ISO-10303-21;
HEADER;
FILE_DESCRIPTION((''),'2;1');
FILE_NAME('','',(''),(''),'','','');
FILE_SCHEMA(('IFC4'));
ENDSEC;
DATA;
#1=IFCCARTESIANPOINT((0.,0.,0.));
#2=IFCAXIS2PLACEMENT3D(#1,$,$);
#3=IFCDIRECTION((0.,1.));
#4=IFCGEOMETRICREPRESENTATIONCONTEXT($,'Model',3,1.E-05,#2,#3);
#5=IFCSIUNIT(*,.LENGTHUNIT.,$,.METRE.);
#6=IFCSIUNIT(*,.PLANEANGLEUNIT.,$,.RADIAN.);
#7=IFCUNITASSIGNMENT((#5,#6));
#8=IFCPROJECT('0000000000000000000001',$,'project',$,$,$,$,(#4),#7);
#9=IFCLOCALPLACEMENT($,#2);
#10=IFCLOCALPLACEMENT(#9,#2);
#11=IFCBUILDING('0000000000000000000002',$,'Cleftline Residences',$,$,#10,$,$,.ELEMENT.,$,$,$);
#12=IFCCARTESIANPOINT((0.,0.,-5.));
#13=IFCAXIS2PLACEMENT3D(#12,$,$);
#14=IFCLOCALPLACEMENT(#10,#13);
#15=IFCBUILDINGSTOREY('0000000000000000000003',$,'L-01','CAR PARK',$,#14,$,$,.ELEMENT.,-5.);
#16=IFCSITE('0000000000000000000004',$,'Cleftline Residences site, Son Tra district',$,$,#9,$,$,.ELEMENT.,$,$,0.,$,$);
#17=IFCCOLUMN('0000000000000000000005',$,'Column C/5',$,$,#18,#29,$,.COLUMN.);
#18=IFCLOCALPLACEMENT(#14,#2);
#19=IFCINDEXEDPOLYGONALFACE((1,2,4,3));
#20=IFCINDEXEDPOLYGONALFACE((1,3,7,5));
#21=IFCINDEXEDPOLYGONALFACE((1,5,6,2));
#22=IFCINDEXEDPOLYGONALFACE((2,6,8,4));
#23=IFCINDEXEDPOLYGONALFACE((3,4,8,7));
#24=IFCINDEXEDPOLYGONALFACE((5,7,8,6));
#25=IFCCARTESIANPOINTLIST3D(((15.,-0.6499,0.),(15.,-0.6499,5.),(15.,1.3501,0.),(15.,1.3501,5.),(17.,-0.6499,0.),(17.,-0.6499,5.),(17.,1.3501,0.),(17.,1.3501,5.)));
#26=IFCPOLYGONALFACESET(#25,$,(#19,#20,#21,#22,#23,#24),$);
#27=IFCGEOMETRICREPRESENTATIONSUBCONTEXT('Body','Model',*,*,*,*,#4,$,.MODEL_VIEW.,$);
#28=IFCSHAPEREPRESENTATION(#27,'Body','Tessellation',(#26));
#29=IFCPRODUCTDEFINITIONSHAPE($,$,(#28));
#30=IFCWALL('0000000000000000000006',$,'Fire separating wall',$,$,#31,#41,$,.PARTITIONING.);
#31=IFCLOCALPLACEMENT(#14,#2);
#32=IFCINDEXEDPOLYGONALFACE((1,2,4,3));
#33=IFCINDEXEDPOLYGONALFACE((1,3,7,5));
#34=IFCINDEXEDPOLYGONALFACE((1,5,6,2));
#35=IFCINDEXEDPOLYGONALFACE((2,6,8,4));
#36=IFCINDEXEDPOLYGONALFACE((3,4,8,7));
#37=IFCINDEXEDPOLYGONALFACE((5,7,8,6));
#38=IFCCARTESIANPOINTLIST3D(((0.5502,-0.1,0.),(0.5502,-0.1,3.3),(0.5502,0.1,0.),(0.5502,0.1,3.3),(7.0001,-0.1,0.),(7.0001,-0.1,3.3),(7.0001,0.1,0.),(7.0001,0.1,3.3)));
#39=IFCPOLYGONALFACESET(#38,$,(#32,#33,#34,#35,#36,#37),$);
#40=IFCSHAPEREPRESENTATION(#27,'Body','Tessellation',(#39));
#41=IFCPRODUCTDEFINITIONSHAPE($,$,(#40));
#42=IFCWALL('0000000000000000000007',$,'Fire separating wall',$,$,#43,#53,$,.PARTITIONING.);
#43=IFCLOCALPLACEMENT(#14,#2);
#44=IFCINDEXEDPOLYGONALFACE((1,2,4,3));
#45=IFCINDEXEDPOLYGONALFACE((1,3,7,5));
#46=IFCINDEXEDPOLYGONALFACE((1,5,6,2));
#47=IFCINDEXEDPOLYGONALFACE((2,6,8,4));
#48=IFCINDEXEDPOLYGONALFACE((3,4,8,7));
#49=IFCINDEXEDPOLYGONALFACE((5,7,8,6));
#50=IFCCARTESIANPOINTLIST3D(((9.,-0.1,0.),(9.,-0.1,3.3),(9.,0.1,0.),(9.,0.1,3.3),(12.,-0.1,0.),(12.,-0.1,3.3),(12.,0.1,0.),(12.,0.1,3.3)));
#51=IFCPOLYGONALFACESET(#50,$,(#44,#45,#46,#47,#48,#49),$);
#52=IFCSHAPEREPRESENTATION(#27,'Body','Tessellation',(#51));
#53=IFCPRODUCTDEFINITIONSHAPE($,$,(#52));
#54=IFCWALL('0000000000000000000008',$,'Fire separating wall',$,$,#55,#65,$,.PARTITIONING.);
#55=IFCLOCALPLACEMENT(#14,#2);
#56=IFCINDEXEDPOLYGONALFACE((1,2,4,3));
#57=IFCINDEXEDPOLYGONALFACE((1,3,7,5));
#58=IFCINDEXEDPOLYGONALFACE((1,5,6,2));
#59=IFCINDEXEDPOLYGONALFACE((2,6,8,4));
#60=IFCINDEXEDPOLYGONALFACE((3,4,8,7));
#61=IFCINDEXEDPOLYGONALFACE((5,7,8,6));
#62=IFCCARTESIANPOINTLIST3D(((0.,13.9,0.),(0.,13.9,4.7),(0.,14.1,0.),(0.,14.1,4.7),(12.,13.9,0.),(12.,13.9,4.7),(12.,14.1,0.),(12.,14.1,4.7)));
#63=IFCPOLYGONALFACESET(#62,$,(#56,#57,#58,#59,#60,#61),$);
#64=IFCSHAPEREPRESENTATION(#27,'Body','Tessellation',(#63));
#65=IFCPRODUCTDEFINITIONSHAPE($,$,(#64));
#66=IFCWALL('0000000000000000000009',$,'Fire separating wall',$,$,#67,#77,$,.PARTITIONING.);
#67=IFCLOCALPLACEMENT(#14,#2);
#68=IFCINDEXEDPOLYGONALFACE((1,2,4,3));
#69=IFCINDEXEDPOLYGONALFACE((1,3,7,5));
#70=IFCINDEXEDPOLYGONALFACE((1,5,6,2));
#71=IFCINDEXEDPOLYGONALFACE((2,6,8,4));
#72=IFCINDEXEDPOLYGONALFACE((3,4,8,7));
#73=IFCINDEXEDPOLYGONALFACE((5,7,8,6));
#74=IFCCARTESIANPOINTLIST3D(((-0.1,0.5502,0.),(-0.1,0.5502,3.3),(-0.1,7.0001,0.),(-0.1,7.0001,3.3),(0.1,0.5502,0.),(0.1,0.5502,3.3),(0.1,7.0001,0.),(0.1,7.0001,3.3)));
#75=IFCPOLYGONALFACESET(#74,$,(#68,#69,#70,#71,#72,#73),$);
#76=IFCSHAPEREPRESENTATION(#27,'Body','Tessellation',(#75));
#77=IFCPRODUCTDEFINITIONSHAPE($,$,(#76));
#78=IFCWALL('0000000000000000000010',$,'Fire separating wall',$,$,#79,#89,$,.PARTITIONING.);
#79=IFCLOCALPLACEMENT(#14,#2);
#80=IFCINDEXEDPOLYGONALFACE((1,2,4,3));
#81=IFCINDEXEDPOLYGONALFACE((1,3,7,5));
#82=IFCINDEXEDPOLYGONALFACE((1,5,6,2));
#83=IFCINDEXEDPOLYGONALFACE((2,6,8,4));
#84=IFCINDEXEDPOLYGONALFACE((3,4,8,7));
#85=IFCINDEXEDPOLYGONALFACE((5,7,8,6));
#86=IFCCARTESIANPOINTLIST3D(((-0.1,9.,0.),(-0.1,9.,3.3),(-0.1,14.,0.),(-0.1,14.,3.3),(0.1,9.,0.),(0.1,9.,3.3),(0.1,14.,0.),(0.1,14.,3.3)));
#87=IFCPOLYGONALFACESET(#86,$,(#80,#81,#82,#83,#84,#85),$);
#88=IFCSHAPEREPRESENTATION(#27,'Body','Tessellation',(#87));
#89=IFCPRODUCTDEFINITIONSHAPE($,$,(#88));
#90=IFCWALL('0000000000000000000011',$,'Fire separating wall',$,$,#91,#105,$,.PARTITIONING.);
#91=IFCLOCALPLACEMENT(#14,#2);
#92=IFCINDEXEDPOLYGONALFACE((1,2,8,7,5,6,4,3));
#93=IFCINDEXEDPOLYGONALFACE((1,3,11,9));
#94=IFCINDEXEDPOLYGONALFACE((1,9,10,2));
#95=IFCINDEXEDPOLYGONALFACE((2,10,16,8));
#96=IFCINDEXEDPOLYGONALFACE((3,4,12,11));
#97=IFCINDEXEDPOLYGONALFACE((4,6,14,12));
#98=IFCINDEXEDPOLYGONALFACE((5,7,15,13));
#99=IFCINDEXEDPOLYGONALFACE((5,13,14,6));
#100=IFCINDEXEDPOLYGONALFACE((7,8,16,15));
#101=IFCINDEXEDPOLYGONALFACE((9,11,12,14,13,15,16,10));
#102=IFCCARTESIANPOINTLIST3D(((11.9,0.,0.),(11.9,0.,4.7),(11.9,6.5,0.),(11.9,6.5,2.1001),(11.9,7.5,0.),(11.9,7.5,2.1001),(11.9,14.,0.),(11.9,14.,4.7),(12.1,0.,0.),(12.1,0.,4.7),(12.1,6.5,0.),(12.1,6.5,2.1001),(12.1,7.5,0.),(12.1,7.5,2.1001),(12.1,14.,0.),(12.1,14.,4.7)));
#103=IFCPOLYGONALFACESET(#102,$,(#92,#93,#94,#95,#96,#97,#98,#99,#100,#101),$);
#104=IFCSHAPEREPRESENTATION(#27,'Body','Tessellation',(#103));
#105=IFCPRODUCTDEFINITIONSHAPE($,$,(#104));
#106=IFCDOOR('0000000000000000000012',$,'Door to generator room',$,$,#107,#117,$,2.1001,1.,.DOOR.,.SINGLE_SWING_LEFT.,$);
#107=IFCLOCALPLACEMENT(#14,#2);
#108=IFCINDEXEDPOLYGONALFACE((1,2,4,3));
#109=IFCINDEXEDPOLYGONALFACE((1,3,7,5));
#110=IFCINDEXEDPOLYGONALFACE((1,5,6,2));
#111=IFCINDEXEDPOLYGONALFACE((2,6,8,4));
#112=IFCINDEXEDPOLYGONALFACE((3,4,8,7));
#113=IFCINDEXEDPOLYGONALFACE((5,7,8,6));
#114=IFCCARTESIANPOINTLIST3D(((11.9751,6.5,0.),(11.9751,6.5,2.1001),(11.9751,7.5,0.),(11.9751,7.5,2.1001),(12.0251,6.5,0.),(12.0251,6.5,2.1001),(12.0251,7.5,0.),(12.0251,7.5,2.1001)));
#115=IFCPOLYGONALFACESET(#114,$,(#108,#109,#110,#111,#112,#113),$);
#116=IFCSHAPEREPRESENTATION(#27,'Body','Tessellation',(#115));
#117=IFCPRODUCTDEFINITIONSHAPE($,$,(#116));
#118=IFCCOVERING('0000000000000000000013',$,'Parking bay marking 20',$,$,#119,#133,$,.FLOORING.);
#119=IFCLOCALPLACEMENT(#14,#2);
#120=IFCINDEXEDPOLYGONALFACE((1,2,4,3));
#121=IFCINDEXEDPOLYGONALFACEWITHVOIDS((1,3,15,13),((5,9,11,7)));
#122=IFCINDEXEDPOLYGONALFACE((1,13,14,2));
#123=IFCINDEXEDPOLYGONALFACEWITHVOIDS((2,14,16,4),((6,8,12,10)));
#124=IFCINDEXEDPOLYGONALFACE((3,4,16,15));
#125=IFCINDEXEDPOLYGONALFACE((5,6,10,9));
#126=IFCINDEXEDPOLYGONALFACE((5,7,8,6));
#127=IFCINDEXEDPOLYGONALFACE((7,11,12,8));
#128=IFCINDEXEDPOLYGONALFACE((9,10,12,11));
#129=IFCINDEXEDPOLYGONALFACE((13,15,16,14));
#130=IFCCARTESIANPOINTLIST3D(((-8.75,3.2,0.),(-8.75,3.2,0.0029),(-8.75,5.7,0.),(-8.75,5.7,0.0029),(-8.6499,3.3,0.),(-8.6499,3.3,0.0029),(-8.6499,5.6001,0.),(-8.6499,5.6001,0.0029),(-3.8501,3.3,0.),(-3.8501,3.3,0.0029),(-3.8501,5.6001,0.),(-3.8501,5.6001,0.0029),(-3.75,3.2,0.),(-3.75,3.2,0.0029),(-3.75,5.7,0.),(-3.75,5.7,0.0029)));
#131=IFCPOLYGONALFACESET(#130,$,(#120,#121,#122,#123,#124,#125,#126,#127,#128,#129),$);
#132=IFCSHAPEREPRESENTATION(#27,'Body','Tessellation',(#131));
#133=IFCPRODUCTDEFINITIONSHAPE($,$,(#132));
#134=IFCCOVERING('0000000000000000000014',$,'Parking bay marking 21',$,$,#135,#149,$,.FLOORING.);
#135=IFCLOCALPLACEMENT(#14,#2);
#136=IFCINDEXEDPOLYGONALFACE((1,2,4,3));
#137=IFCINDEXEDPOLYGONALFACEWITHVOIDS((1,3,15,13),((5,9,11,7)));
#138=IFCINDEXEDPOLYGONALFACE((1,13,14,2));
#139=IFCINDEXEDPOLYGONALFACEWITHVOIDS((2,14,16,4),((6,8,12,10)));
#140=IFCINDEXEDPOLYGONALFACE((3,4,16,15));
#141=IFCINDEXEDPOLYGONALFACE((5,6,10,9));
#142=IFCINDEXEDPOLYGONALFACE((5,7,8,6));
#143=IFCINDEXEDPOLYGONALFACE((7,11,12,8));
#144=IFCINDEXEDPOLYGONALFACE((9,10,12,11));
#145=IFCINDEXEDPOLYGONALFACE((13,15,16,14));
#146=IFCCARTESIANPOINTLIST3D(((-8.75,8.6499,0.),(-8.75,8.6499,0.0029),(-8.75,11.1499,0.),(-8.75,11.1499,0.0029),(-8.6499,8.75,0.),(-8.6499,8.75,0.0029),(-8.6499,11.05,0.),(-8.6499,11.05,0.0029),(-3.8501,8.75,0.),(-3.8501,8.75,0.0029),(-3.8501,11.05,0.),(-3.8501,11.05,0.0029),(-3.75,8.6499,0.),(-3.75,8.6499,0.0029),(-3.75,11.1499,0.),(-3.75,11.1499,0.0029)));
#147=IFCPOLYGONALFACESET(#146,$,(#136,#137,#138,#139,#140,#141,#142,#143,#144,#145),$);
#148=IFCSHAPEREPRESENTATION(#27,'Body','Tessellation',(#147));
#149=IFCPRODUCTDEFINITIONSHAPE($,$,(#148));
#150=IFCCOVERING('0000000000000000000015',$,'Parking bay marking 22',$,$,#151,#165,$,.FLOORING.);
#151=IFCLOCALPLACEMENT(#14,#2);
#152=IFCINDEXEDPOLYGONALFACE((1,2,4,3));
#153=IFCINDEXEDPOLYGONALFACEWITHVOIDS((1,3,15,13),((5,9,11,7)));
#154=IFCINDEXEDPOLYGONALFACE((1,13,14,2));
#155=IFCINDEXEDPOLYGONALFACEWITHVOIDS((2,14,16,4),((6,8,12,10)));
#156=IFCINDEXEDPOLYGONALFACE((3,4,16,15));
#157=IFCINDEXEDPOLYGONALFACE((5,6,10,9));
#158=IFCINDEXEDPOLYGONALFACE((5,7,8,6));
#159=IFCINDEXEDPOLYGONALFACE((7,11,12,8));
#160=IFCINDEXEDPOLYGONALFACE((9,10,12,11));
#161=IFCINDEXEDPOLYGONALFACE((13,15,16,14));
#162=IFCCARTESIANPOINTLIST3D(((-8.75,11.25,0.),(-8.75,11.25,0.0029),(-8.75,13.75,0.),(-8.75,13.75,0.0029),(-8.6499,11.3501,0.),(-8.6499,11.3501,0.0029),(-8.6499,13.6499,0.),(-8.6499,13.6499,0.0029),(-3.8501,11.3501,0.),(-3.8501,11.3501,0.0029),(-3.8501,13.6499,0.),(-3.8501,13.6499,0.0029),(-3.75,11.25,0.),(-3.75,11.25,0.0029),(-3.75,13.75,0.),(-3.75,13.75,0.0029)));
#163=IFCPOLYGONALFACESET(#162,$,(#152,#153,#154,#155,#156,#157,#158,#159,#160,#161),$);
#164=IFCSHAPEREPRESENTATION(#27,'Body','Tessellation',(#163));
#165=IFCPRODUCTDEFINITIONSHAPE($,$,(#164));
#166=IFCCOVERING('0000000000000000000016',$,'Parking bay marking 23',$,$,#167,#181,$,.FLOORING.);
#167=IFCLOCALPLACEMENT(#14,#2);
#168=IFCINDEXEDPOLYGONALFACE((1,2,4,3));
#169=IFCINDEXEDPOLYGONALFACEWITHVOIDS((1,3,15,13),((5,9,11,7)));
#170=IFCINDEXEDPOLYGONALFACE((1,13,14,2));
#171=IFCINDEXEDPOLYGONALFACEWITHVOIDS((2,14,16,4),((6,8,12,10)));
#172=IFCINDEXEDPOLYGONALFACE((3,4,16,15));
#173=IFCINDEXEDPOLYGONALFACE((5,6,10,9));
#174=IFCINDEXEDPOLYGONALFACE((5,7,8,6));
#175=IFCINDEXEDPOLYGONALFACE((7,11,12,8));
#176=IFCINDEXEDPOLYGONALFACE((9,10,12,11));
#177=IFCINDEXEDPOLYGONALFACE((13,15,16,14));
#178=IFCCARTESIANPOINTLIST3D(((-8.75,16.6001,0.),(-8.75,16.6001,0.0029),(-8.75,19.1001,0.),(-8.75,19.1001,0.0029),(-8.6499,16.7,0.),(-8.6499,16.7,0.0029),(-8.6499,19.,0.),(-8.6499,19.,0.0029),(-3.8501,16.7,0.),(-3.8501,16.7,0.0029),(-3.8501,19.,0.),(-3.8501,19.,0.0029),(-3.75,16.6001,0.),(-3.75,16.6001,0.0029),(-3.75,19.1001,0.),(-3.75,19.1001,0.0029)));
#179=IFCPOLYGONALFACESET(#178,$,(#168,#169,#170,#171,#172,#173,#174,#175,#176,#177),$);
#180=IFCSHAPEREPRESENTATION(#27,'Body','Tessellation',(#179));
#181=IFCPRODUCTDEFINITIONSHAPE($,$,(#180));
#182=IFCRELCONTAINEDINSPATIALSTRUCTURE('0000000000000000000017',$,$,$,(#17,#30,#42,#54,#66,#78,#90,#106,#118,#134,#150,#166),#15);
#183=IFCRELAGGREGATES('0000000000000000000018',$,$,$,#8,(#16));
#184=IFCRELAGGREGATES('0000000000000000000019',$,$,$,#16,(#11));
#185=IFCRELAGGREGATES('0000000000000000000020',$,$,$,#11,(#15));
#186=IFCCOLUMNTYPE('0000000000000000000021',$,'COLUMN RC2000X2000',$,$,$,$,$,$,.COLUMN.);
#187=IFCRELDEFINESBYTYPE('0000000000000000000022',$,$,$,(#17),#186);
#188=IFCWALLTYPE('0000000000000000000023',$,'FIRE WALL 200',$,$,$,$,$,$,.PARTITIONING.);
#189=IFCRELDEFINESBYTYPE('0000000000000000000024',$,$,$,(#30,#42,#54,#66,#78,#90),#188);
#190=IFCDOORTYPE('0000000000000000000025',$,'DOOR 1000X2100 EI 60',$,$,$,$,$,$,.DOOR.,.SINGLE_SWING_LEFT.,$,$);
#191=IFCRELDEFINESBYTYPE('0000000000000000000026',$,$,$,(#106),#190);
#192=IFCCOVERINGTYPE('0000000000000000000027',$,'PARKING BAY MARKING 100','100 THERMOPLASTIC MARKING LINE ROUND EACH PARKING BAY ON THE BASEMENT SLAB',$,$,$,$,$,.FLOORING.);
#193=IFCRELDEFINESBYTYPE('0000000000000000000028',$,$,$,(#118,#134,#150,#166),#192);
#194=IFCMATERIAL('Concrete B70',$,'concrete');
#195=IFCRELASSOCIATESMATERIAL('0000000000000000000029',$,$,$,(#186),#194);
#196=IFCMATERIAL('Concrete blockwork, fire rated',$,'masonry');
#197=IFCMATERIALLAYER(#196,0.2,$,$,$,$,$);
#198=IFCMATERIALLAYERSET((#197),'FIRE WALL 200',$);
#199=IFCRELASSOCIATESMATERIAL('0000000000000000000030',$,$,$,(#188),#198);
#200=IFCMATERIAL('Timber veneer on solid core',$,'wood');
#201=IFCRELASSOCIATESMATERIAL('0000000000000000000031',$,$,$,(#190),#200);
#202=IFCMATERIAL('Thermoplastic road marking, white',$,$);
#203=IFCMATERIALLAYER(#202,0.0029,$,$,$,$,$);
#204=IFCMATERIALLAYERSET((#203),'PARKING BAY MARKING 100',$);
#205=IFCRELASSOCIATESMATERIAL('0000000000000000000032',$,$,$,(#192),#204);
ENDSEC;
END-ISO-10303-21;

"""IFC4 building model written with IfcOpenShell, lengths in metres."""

from ifc_helpers import new_model, si_unit, direction, frame, frame_2d, origin, origin_2d, place, context, subcontext, project, spatial, polyline, rectangle, outline, extrude, material, layer, layer_set, material_profile, profile_set, type_object, element, fill, save


model = new_model("IFC4")

# Units and contexts
model_context = context("Model", 3, precision=1e-05, world=origin(), true_north=direction((0.0, 1.0)))
body_context = subcontext(model_context, "Body", "Model", "MODEL_VIEW")
ifc_project = project(units=[si_unit("LENGTHUNIT", "METRE"), si_unit("PLANEANGLEUNIT", "RADIAN")], contexts=[model_context])

# Site, building, storey
site_placement = place(None, origin())
site = spatial("IfcSite", under=ifc_project, at=site_placement, Name="Cleftline Residences site, Son Tra district", CompositionType="ELEMENT", RefElevation=0.0)
building_placement = place(site_placement, origin())
building = spatial("IfcBuilding", under=site, at=building_placement, Name="Cleftline Residences", CompositionType="ELEMENT")
storey_placement = place(building_placement, frame((0.0, 0.0, -5.0)))
storey = spatial("IfcBuildingStorey", under=building, at=storey_placement, Name="L-01", Description="CAR PARK", CompositionType="ELEMENT", Elevation=-5.0)

# Column
ifc_material_1 = material(Name="Concrete B70", Category="concrete")
ifc_material_profile_1 = material_profile(ifc_material_1, rectangle(XDim=2.0, YDim=2.0, at=origin_2d()))
ifc_profile_set_1 = profile_set([ifc_material_profile_1], Name="Concrete B70")
column_type = type_object("IfcColumnType", Name="COLUMN RC2000X2000", PredefinedType="COLUMN", material=ifc_profile_set_1)
for number, where, z_axis, x_axis, name in (
    (1, (16.0, 0.3501, 0.0), (0.0, 0.0, 1.0), (1.0, 0.0, 0.0), "Column C/5"),
):
    element("IfcColumn", number, at=place(storey_placement, frame(where, z_axis=z_axis, x_axis=x_axis)), inside=storey, type_object=column_type, Name=name, PredefinedType="COLUMN", context=body_context, shape_type="SweptSolid", body=[
        extrude(rectangle(XDim=2.0, YDim=2.0, at=origin_2d()), origin(), (0.0, 0.0, 1.0), 5.0),
    ])

# Walls
ifc_material_2 = material(Name="Concrete blockwork, fire rated", Category="masonry")
ifc_layer_1 = layer(ifc_material_2, 0.2)
ifc_layer_set_1 = layer_set([ifc_layer_1], Name="FIRE WALL 200")
wall_type = type_object("IfcWallType", Name="FIRE WALL 200", PredefinedType="PARTITIONING", material=ifc_layer_set_1)
wall_1_placement = place(storey_placement, frame((0.55, 0.0, 0.0), z_axis=(0.0, 0.0, 1.0), x_axis=(1.0, 0.0, 0.0)))
element("IfcWall", 2, at=wall_1_placement, inside=storey, type_object=wall_type, Name="Fire separating wall", PredefinedType="PARTITIONING", context=body_context, shape_type="SweptSolid", body=[
    extrude(rectangle(XDim=6.45, YDim=0.2, at=frame_2d((3.2251, 0.0))), origin(), (0.0, 0.0, 1.0), 3.3),
])
wall_2_placement = place(storey_placement, frame((9.0, 0.0, 0.0), z_axis=(0.0, 0.0, 1.0), x_axis=(1.0, 0.0, 0.0)))
element("IfcWall", 3, at=wall_2_placement, inside=storey, type_object=wall_type, Name="Fire separating wall", PredefinedType="PARTITIONING", context=body_context, shape_type="SweptSolid", body=[
    extrude(rectangle(XDim=3.0, YDim=0.2, at=frame_2d((1.5, 0.0))), origin(), (0.0, 0.0, 1.0), 3.3),
])
wall_3_placement = place(storey_placement, frame((0.0, 14.0, 0.0), z_axis=(0.0, 0.0, 1.0), x_axis=(1.0, 0.0, 0.0)))
element("IfcWall", 4, at=wall_3_placement, inside=storey, type_object=wall_type, Name="Fire separating wall", PredefinedType="PARTITIONING", context=body_context, shape_type="SweptSolid", body=[
    extrude(rectangle(XDim=12.0, YDim=0.2, at=frame_2d((6.0, 0.0))), origin(), (0.0, 0.0, 1.0), 4.7),
])
wall_4_placement = place(storey_placement, frame((0.0, 0.55, 0.0), z_axis=(0.0, 0.0, 1.0), x_axis=(0.0, 1.0, 0.0)))
element("IfcWall", 5, at=wall_4_placement, inside=storey, type_object=wall_type, Name="Fire separating wall", PredefinedType="PARTITIONING", context=body_context, shape_type="SweptSolid", body=[
    extrude(rectangle(XDim=6.45, YDim=0.2, at=frame_2d((3.2251, 0.0))), origin(), (0.0, 0.0, 1.0), 3.3),
])
wall_5_placement = place(storey_placement, frame((0.0, 9.0, 0.0), z_axis=(0.0, 0.0, 1.0), x_axis=(0.0, 1.0, 0.0)))
element("IfcWall", 6, at=wall_5_placement, inside=storey, type_object=wall_type, Name="Fire separating wall", PredefinedType="PARTITIONING", context=body_context, shape_type="SweptSolid", body=[
    extrude(rectangle(XDim=5.0, YDim=0.2, at=frame_2d((2.5, 0.0))), origin(), (0.0, 0.0, 1.0), 3.3),
])

# Wall, opening, door
wall_6_placement = place(storey_placement, frame((12.0, 0.0, 0.0), z_axis=(0.0, 0.0, 1.0), x_axis=(0.0, 1.0, 0.0)))
wall_6 = element("IfcWall", 7, at=wall_6_placement, inside=storey, type_object=wall_type, Name="Fire separating wall", PredefinedType="PARTITIONING", context=body_context, shape_type="SweptSolid", body=[
    extrude(rectangle(XDim=14.0, YDim=0.2, at=frame_2d((7.0, 0.0))), origin(), (0.0, 0.0, 1.0), 4.7),
])
opening_placement = place(wall_6_placement, frame((6.5, 0.0, 0.0)))
opening = element("IfcOpeningElement", 8, at=opening_placement, cuts=wall_6, PredefinedType="OPENING", context=body_context, shape_type="SweptSolid", body=[
    extrude(rectangle(XDim=1.0, YDim=2.1001, at=frame_2d((0.5, 1.05))), frame((0.0, 0.1099, 0.0), z_axis=(0.0, -1.0, 0.0), x_axis=(1.0, 0.0, 0.0)), (0.0, 0.0, 1.0), 0.22),
])
ifc_material_3 = material(Name="Timber veneer on solid core", Category="wood")
door_type = type_object("IfcDoorType", Name="DOOR 1000X2100 EI 60", OperationType="SINGLE_SWING_LEFT", PredefinedType="DOOR", material=ifc_material_3)
door_placement = place(opening_placement, origin())
door = element("IfcDoor", 9, at=door_placement, inside=storey, type_object=door_type, Name="Door to generator room", OperationType="SINGLE_SWING_LEFT", OverallHeight=2.1001, OverallWidth=1.0, PredefinedType="DOOR", context=body_context, shape_type="SweptSolid", body=[
    extrude(rectangle(XDim=1.0, YDim=2.1001, at=frame_2d((0.5, 1.05))), frame((0.0, 0.0249, 0.0), z_axis=(0.0, -1.0, 0.0), x_axis=(1.0, 0.0, 0.0)), (0.0, 0.0, 1.0), 0.05),
])
fill(opening, door)

# Coverings
ifc_material_4 = material(Name="Thermoplastic road marking, white")
ifc_layer_2 = layer(ifc_material_4, 0.0029)
ifc_layer_set_2 = layer_set([ifc_layer_2], Name="PARKING BAY MARKING 100")
covering_type = type_object("IfcCoveringType", Name="PARKING BAY MARKING 100", Description="100 THERMOPLASTIC MARKING LINE ROUND EACH PARKING BAY ON THE BASEMENT SLAB", PredefinedType="FLOORING", material=ifc_layer_set_2)
covering_1_placement = place(storey_placement, origin())
element("IfcCovering", 10, at=covering_1_placement, inside=storey, type_object=covering_type, Name="Parking bay marking 20", PredefinedType="FLOORING", context=body_context, shape_type="SweptSolid", body=[
    extrude(outline(polyline([(-3.75, 3.2), (-3.75, 5.7), (-8.75, 5.7), (-8.75, 3.2), (-3.75, 3.2)]), holes=[polyline([(-3.8501, 5.6001), (-8.6499, 5.6001), (-8.6499, 3.3), (-3.8501, 3.3), (-3.8501, 5.6001)])]), origin(), (0.0, 0.0, 1.0), 0.0029),
])
covering_2_placement = place(storey_placement, origin())
element("IfcCovering", 11, at=covering_2_placement, inside=storey, type_object=covering_type, Name="Parking bay marking 21", PredefinedType="FLOORING", context=body_context, shape_type="SweptSolid", body=[
    extrude(outline(polyline([(-3.75, 8.6499), (-3.75, 11.1499), (-8.75, 11.1499), (-8.75, 8.6499), (-3.75, 8.6499)]), holes=[polyline([(-3.8501, 11.05), (-8.6499, 11.05), (-8.6499, 8.75), (-3.8501, 8.75), (-3.8501, 11.05)])]), origin(), (0.0, 0.0, 1.0), 0.0029),
])
covering_3_placement = place(storey_placement, origin())
element("IfcCovering", 12, at=covering_3_placement, inside=storey, type_object=covering_type, Name="Parking bay marking 22", PredefinedType="FLOORING", context=body_context, shape_type="SweptSolid", body=[
    extrude(outline(polyline([(-3.75, 11.25), (-3.75, 13.75), (-8.75, 13.75), (-8.75, 11.25), (-3.75, 11.25)]), holes=[polyline([(-3.8501, 13.6499), (-8.6499, 13.6499), (-8.6499, 11.3501), (-3.8501, 11.3501), (-3.8501, 13.6499)])]), origin(), (0.0, 0.0, 1.0), 0.0029),
])
covering_4_placement = place(storey_placement, origin())
element("IfcCovering", 13, at=covering_4_placement, inside=storey, type_object=covering_type, Name="Parking bay marking 23", PredefinedType="FLOORING", context=body_context, shape_type="SweptSolid", body=[
    extrude(outline(polyline([(-3.75, 16.6001), (-3.75, 19.1001), (-8.75, 19.1001), (-8.75, 16.6001), (-3.75, 16.6001)]), holes=[polyline([(-3.8501, 19.0), (-8.6499, 19.0), (-8.6499, 16.7), (-3.8501, 16.7), (-3.8501, 19.0)])]), origin(), (0.0, 0.0, 1.0), 0.0029),
])

save(model, "model.ifc")
